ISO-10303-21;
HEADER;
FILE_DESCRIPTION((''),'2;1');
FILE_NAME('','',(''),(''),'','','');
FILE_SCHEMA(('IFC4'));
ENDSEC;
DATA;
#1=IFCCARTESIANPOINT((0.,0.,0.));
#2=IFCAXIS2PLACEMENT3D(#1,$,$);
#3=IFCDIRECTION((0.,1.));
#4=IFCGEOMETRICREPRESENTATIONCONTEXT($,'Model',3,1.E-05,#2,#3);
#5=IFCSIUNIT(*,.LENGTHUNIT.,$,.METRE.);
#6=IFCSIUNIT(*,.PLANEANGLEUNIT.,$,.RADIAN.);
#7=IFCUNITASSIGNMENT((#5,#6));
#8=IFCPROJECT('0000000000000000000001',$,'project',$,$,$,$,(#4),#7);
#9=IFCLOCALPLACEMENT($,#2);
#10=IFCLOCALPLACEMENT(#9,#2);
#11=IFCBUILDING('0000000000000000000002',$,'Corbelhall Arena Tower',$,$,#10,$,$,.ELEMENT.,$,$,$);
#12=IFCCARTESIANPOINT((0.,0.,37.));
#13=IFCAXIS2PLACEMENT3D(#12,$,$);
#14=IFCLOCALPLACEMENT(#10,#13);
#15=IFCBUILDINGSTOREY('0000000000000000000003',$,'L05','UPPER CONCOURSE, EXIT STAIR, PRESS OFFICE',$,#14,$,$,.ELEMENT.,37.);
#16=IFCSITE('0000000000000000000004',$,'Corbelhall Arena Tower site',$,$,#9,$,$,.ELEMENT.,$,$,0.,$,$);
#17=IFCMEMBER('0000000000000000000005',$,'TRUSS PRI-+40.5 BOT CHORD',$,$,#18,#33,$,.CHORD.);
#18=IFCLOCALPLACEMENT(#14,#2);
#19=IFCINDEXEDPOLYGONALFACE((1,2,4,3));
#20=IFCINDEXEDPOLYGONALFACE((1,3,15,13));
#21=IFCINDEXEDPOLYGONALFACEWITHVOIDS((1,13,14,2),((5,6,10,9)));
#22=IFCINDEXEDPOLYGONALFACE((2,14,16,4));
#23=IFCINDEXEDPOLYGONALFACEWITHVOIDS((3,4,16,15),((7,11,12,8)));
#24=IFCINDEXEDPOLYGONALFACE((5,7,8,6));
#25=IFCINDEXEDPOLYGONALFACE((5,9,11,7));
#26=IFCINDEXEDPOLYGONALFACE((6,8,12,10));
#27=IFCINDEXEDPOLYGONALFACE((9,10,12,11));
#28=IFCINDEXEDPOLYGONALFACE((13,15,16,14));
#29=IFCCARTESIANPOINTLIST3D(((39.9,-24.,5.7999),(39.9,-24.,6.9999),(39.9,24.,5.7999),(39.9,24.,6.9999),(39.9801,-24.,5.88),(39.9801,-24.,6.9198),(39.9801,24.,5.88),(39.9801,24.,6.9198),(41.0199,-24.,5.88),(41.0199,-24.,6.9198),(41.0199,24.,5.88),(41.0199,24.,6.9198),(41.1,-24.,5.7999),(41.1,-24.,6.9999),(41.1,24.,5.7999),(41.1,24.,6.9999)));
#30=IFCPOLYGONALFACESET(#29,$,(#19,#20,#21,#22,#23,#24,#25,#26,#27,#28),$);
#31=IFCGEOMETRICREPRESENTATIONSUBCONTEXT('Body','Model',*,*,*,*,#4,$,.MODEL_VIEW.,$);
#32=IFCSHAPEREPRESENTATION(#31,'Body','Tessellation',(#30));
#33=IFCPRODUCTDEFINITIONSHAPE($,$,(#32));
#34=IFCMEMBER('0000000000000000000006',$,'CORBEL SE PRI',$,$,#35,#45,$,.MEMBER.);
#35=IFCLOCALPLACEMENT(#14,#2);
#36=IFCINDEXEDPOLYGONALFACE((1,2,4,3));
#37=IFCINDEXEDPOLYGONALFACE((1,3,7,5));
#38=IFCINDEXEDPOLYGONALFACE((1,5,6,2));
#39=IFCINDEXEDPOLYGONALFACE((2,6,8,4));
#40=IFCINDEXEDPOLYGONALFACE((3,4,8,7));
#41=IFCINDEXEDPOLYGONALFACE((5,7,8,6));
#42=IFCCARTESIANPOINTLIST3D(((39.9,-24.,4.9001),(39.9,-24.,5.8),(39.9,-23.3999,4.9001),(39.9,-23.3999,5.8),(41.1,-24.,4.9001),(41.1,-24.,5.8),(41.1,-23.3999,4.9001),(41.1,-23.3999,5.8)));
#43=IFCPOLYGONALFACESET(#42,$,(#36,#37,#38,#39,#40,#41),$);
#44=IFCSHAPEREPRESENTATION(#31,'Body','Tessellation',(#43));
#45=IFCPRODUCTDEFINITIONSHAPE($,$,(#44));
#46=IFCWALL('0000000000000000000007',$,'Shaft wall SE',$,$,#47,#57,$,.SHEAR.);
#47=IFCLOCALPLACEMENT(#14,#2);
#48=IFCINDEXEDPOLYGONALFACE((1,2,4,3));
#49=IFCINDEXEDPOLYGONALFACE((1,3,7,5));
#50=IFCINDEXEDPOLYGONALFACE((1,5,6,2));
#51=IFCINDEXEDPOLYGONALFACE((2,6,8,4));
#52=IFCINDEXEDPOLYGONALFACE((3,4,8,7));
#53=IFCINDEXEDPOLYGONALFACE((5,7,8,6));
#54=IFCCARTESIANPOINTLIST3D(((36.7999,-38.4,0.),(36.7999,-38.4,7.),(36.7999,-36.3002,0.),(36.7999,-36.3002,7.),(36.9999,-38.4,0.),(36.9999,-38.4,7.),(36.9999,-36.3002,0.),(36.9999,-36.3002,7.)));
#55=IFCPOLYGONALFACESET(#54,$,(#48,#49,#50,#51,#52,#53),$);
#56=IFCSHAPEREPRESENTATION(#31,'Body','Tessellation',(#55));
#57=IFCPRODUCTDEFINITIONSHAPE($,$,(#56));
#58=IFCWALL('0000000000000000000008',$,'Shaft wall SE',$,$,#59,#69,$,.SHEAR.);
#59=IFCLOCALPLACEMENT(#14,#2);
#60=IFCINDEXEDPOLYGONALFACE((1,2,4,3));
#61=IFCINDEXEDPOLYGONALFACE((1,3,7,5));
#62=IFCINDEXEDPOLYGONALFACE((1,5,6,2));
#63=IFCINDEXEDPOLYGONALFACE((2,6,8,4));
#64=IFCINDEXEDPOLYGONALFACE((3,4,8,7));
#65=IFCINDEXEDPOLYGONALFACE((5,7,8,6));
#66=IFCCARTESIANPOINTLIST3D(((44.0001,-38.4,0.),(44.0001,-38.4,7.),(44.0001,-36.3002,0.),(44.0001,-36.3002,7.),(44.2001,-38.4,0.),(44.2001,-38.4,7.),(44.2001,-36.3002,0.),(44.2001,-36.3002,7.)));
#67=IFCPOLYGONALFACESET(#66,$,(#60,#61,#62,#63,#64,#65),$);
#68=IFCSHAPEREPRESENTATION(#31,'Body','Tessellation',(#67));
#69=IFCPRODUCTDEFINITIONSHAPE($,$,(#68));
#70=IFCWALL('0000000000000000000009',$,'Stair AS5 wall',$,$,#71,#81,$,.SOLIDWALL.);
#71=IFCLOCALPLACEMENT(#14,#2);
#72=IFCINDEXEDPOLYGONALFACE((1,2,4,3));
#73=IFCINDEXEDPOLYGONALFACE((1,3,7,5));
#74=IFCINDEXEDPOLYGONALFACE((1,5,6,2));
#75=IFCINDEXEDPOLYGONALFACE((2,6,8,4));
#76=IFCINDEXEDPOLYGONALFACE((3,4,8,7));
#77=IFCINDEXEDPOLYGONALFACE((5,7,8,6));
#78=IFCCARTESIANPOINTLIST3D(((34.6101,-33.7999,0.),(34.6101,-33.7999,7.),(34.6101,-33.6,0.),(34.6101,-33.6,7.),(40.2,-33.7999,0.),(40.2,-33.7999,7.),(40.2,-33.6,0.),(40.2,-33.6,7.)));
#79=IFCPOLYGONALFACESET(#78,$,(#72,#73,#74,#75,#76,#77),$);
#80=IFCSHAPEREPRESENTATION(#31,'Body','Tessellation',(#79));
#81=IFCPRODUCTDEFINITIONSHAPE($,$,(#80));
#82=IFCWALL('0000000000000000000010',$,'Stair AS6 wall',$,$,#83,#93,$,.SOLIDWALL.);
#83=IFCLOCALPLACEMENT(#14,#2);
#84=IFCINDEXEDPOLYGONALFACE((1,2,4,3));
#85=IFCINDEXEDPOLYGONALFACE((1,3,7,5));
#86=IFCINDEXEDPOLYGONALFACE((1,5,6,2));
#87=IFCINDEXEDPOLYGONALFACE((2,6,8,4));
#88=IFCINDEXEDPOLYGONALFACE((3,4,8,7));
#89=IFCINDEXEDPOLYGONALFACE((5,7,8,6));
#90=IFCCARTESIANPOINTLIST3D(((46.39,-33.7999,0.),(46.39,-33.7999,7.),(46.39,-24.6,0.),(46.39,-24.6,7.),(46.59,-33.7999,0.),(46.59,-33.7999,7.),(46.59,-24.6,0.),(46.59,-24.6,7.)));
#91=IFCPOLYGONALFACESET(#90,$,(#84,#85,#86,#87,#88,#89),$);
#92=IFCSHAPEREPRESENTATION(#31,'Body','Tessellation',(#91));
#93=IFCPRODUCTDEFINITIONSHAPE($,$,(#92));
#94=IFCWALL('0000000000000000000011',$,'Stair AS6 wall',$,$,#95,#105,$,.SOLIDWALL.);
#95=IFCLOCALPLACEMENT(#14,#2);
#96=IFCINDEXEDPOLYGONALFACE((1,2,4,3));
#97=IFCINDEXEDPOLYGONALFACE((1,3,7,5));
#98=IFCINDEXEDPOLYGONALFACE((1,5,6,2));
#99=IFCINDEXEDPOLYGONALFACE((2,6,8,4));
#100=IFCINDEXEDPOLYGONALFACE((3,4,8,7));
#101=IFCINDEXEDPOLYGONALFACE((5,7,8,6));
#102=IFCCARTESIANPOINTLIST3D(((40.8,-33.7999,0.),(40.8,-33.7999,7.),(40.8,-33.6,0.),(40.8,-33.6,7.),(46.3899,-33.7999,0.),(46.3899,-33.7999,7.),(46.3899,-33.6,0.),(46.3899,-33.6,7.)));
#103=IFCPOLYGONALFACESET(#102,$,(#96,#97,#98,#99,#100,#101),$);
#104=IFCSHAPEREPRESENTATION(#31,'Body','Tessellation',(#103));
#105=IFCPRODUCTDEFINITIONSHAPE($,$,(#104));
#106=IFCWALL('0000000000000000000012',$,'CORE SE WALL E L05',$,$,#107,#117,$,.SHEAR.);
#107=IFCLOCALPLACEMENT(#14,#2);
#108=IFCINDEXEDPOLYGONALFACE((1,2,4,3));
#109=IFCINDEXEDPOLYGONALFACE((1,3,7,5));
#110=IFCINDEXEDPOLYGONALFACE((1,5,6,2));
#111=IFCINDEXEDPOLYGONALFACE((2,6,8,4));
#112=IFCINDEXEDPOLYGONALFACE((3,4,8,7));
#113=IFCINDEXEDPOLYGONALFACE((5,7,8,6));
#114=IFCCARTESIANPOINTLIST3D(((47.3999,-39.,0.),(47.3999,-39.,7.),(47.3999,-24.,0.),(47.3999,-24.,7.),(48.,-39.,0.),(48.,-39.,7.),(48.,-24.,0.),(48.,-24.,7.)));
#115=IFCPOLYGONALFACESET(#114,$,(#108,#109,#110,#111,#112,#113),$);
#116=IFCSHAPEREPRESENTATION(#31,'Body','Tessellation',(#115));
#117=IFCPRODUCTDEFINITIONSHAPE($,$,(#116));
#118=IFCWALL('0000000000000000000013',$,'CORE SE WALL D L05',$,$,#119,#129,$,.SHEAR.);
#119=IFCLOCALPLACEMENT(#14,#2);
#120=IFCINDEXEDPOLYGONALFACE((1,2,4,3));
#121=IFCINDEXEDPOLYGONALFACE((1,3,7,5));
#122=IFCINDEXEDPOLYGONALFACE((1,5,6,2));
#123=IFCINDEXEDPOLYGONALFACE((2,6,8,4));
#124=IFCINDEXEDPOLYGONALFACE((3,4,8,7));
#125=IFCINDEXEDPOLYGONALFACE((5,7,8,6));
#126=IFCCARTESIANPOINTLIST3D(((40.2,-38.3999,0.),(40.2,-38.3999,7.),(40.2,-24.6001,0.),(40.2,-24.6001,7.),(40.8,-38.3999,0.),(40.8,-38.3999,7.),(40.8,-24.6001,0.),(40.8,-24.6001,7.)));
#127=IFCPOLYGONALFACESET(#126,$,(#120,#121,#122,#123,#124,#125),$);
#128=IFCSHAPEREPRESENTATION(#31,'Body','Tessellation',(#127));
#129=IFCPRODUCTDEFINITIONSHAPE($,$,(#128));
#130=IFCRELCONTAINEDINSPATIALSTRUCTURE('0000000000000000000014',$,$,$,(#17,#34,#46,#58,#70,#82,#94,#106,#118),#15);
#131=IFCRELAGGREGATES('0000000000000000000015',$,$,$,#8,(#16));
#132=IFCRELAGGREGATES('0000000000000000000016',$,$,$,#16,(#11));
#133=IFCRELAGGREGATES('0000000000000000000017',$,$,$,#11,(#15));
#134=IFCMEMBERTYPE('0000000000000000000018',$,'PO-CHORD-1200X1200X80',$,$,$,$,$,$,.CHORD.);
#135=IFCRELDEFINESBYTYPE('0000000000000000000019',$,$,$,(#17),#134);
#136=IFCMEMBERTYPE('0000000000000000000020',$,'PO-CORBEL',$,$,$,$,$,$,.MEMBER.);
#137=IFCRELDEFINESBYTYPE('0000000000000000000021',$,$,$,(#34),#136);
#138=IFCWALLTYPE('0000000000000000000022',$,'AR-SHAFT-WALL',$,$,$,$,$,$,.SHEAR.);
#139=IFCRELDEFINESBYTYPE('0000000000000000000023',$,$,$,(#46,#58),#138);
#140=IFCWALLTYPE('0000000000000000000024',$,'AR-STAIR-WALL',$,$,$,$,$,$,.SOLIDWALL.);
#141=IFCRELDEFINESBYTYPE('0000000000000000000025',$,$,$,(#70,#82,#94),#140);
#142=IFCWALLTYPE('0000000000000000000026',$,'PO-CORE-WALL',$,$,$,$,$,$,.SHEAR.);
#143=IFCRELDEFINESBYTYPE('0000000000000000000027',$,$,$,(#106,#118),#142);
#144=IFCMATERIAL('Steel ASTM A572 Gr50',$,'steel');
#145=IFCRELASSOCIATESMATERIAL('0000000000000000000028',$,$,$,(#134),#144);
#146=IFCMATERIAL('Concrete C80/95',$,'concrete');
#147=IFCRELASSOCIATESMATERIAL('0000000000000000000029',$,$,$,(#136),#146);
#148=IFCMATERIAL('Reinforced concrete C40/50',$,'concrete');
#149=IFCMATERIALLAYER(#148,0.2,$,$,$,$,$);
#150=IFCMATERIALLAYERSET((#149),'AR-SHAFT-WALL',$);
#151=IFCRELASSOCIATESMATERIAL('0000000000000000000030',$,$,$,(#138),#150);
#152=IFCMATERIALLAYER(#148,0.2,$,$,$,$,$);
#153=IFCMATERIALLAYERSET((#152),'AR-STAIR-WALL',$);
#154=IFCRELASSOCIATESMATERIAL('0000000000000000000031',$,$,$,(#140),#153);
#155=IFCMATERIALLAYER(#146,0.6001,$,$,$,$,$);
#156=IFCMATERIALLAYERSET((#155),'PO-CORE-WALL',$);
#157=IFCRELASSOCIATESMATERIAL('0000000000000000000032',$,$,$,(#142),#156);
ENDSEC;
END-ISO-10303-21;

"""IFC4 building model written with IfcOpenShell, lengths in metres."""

from ifc_helpers import new_model, si_unit, direction, frame, frame_2d, origin, origin_2d, place, context, subcontext, project, spatial, rectangle, hollow_rectangle, extrude, material, layer, layer_set, material_profile, profile_set, type_object, element, save


model = new_model("IFC4")

# Units and contexts
model_context = context("Model", 3, precision=1e-05, world=origin(), true_north=direction((0.0, 1.0)))
body_context = subcontext(model_context, "Body", "Model", "MODEL_VIEW")
ifc_project = project(units=[si_unit("LENGTHUNIT", "METRE"), si_unit("PLANEANGLEUNIT", "RADIAN")], contexts=[model_context])

# Site, building, storey
site_placement = place(None, origin())
site = spatial("IfcSite", under=ifc_project, at=site_placement, Name="Corbelhall Arena Tower site", CompositionType="ELEMENT", RefElevation=0.0)
building_placement = place(site_placement, origin())
building = spatial("IfcBuilding", under=site, at=building_placement, Name="Corbelhall Arena Tower", CompositionType="ELEMENT")
storey_placement = place(building_placement, frame((0.0, 0.0, 37.0)))
storey = spatial("IfcBuildingStorey", under=building, at=storey_placement, Name="L05", Description="UPPER CONCOURSE, EXIT STAIR, PRESS OFFICE", CompositionType="ELEMENT", Elevation=37.0)

# Members
ifc_material_1 = material(Name="Steel ASTM A572 Gr50", Category="steel")
ifc_material_profile_1 = material_profile(ifc_material_1, hollow_rectangle(XDim=1.2, YDim=1.2, WallThickness=0.0801, at=origin_2d()))
ifc_profile_set_1 = profile_set([ifc_material_profile_1], Name="Steel ASTM A572 Gr50")
member_type_1 = type_object("IfcMemberType", Name="PO-CHORD-1200X1200X80", PredefinedType="CHORD", material=ifc_profile_set_1)
member_1_placement = place(storey_placement, frame((40.5, -24.0, 6.3999), z_axis=(0.0, 1.0, 0.0), x_axis=(-1.0, 0.0, 0.0)))
element("IfcMember", 1, at=member_1_placement, inside=storey, type_object=member_type_1, Name="TRUSS PRI-+40.5 BOT CHORD", PredefinedType="CHORD", context=body_context, shape_type="SweptSolid", body=[
    extrude(hollow_rectangle(XDim=1.2, YDim=1.2, WallThickness=0.0801, at=origin_2d()), origin(), (0.0, 0.0, 1.0), 48.0),
])
ifc_material_2 = material(Name="Concrete C80/95", Category="concrete")
ifc_material_profile_2 = material_profile(ifc_material_2, rectangle(XDim=1.2, YDim=0.8999, at=origin_2d()))
ifc_profile_set_2 = profile_set([ifc_material_profile_2], Name="Concrete C80/95")
member_type_2 = type_object("IfcMemberType", Name="PO-CORBEL", PredefinedType="MEMBER", material=ifc_profile_set_2)
member_2_placement = place(storey_placement, frame((40.5, -24.0, 5.3501), z_axis=(0.0, 1.0, 0.0), x_axis=(-1.0, 0.0, 0.0)))
element("IfcMember", 2, at=member_2_placement, inside=storey, type_object=member_type_2, Name="CORBEL SE PRI", PredefinedType="MEMBER", context=body_context, shape_type="SweptSolid", body=[
    extrude(rectangle(XDim=1.2, YDim=0.8999, at=origin_2d()), origin(), (0.0, 0.0, 1.0), 0.6001),
])

# Shared definitions
ifc_material_3 = material(Name="Reinforced concrete C40/50", Category="concrete")
ifc_layer_1 = layer(ifc_material_3, 0.2)
ifc_layer_set_1 = layer_set([ifc_layer_1], Name="AR-SHAFT-WALL")
wall_type_1 = type_object("IfcWallType", Name="AR-SHAFT-WALL", PredefinedType="SHEAR", material=ifc_layer_set_1)

# Walls
for number, where, z_axis, x_axis, name in (
    (3, (36.8999, -38.3999, 0.0), (0.0, 0.0, 1.0), (0.0, 1.0, 0.0), "Shaft wall SE"),
    (4, (44.1001, -38.3999, 0.0), (0.0, 0.0, 1.0), (0.0, 1.0, 0.0), "Shaft wall SE"),
):
    element("IfcWall", number, at=place(storey_placement, frame(where, z_axis=z_axis, x_axis=x_axis)), inside=storey, type_object=wall_type_1, Name=name, PredefinedType="SHEAR", context=body_context, shape_type="SweptSolid", body=[
        extrude(rectangle(XDim=2.0999, YDim=0.2, at=frame_2d((1.0498, 0.0))), origin(), (0.0, 0.0, 1.0), 7.0),
    ])

# Shared definitions
ifc_layer_2 = layer(ifc_material_3, 0.2)
ifc_layer_set_2 = layer_set([ifc_layer_2], Name="AR-STAIR-WALL")
wall_type_2 = type_object("IfcWallType", Name="AR-STAIR-WALL", PredefinedType="SOLIDWALL", material=ifc_layer_set_2)

# Walls
wall_1_placement = place(storey_placement, frame((34.6101, -33.7, 0.0), z_axis=(0.0, 0.0, 1.0), x_axis=(1.0, 0.0, 0.0)))
element("IfcWall", 5, at=wall_1_placement, inside=storey, type_object=wall_type_2, Name="Stair AS5 wall", PredefinedType="SOLIDWALL", context=body_context, shape_type="SweptSolid", body=[
    extrude(rectangle(XDim=5.5898, YDim=0.2, at=frame_2d((2.7949, 0.0))), origin(), (0.0, 0.0, 1.0), 7.0),
])
wall_2_placement = place(storey_placement, frame((46.49, -33.8, 0.0), z_axis=(0.0, 0.0, 1.0), x_axis=(0.0, 1.0, 0.0)))
element("IfcWall", 6, at=wall_2_placement, inside=storey, type_object=wall_type_2, Name="Stair AS6 wall", PredefinedType="SOLIDWALL", context=body_context, shape_type="SweptSolid", body=[
    extrude(rectangle(XDim=9.2, YDim=0.2, at=frame_2d((4.6001, 0.0))), origin(), (0.0, 0.0, 1.0), 7.0),
])
wall_3_placement = place(storey_placement, frame((40.8, -33.7, 0.0), z_axis=(0.0, 0.0, 1.0), x_axis=(1.0, 0.0, 0.0)))
element("IfcWall", 7, at=wall_3_placement, inside=storey, type_object=wall_type_2, Name="Stair AS6 wall", PredefinedType="SOLIDWALL", context=body_context, shape_type="SweptSolid", body=[
    extrude(rectangle(XDim=5.5898, YDim=0.2, at=frame_2d((2.7949, 0.0))), origin(), (0.0, 0.0, 1.0), 7.0),
])
ifc_layer_3 = layer(ifc_material_2, 0.6001)
ifc_layer_set_3 = layer_set([ifc_layer_3], Name="PO-CORE-WALL")
wall_type_3 = type_object("IfcWallType", Name="PO-CORE-WALL", PredefinedType="SHEAR", material=ifc_layer_set_3)
wall_4_placement = place(storey_placement, frame((47.7, -39.0, 0.0), z_axis=(0.0, 0.0, 1.0), x_axis=(0.0, 1.0, 0.0)))
element("IfcWall", 8, at=wall_4_placement, inside=storey, type_object=wall_type_3, Name="CORE SE WALL E L05", PredefinedType="SHEAR", context=body_context, shape_type="SweptSolid", body=[
    extrude(rectangle(XDim=15.0, YDim=0.6001, at=frame_2d((7.5, 0.0))), origin(), (0.0, 0.0, 1.0), 7.0),
])
wall_5_placement = place(storey_placement, frame((40.5, -38.3999, 0.0), z_axis=(0.0, 0.0, 1.0), x_axis=(0.0, 1.0, 0.0)))
element("IfcWall", 9, at=wall_5_placement, inside=storey, type_object=wall_type_3, Name="CORE SE WALL D L05", PredefinedType="SHEAR", context=body_context, shape_type="SweptSolid", body=[
    extrude(rectangle(XDim=13.7998, YDim=0.6001, at=frame_2d((6.8999, 0.0))), origin(), (0.0, 0.0, 1.0), 7.0),
])

save(model, "model.ifc")
